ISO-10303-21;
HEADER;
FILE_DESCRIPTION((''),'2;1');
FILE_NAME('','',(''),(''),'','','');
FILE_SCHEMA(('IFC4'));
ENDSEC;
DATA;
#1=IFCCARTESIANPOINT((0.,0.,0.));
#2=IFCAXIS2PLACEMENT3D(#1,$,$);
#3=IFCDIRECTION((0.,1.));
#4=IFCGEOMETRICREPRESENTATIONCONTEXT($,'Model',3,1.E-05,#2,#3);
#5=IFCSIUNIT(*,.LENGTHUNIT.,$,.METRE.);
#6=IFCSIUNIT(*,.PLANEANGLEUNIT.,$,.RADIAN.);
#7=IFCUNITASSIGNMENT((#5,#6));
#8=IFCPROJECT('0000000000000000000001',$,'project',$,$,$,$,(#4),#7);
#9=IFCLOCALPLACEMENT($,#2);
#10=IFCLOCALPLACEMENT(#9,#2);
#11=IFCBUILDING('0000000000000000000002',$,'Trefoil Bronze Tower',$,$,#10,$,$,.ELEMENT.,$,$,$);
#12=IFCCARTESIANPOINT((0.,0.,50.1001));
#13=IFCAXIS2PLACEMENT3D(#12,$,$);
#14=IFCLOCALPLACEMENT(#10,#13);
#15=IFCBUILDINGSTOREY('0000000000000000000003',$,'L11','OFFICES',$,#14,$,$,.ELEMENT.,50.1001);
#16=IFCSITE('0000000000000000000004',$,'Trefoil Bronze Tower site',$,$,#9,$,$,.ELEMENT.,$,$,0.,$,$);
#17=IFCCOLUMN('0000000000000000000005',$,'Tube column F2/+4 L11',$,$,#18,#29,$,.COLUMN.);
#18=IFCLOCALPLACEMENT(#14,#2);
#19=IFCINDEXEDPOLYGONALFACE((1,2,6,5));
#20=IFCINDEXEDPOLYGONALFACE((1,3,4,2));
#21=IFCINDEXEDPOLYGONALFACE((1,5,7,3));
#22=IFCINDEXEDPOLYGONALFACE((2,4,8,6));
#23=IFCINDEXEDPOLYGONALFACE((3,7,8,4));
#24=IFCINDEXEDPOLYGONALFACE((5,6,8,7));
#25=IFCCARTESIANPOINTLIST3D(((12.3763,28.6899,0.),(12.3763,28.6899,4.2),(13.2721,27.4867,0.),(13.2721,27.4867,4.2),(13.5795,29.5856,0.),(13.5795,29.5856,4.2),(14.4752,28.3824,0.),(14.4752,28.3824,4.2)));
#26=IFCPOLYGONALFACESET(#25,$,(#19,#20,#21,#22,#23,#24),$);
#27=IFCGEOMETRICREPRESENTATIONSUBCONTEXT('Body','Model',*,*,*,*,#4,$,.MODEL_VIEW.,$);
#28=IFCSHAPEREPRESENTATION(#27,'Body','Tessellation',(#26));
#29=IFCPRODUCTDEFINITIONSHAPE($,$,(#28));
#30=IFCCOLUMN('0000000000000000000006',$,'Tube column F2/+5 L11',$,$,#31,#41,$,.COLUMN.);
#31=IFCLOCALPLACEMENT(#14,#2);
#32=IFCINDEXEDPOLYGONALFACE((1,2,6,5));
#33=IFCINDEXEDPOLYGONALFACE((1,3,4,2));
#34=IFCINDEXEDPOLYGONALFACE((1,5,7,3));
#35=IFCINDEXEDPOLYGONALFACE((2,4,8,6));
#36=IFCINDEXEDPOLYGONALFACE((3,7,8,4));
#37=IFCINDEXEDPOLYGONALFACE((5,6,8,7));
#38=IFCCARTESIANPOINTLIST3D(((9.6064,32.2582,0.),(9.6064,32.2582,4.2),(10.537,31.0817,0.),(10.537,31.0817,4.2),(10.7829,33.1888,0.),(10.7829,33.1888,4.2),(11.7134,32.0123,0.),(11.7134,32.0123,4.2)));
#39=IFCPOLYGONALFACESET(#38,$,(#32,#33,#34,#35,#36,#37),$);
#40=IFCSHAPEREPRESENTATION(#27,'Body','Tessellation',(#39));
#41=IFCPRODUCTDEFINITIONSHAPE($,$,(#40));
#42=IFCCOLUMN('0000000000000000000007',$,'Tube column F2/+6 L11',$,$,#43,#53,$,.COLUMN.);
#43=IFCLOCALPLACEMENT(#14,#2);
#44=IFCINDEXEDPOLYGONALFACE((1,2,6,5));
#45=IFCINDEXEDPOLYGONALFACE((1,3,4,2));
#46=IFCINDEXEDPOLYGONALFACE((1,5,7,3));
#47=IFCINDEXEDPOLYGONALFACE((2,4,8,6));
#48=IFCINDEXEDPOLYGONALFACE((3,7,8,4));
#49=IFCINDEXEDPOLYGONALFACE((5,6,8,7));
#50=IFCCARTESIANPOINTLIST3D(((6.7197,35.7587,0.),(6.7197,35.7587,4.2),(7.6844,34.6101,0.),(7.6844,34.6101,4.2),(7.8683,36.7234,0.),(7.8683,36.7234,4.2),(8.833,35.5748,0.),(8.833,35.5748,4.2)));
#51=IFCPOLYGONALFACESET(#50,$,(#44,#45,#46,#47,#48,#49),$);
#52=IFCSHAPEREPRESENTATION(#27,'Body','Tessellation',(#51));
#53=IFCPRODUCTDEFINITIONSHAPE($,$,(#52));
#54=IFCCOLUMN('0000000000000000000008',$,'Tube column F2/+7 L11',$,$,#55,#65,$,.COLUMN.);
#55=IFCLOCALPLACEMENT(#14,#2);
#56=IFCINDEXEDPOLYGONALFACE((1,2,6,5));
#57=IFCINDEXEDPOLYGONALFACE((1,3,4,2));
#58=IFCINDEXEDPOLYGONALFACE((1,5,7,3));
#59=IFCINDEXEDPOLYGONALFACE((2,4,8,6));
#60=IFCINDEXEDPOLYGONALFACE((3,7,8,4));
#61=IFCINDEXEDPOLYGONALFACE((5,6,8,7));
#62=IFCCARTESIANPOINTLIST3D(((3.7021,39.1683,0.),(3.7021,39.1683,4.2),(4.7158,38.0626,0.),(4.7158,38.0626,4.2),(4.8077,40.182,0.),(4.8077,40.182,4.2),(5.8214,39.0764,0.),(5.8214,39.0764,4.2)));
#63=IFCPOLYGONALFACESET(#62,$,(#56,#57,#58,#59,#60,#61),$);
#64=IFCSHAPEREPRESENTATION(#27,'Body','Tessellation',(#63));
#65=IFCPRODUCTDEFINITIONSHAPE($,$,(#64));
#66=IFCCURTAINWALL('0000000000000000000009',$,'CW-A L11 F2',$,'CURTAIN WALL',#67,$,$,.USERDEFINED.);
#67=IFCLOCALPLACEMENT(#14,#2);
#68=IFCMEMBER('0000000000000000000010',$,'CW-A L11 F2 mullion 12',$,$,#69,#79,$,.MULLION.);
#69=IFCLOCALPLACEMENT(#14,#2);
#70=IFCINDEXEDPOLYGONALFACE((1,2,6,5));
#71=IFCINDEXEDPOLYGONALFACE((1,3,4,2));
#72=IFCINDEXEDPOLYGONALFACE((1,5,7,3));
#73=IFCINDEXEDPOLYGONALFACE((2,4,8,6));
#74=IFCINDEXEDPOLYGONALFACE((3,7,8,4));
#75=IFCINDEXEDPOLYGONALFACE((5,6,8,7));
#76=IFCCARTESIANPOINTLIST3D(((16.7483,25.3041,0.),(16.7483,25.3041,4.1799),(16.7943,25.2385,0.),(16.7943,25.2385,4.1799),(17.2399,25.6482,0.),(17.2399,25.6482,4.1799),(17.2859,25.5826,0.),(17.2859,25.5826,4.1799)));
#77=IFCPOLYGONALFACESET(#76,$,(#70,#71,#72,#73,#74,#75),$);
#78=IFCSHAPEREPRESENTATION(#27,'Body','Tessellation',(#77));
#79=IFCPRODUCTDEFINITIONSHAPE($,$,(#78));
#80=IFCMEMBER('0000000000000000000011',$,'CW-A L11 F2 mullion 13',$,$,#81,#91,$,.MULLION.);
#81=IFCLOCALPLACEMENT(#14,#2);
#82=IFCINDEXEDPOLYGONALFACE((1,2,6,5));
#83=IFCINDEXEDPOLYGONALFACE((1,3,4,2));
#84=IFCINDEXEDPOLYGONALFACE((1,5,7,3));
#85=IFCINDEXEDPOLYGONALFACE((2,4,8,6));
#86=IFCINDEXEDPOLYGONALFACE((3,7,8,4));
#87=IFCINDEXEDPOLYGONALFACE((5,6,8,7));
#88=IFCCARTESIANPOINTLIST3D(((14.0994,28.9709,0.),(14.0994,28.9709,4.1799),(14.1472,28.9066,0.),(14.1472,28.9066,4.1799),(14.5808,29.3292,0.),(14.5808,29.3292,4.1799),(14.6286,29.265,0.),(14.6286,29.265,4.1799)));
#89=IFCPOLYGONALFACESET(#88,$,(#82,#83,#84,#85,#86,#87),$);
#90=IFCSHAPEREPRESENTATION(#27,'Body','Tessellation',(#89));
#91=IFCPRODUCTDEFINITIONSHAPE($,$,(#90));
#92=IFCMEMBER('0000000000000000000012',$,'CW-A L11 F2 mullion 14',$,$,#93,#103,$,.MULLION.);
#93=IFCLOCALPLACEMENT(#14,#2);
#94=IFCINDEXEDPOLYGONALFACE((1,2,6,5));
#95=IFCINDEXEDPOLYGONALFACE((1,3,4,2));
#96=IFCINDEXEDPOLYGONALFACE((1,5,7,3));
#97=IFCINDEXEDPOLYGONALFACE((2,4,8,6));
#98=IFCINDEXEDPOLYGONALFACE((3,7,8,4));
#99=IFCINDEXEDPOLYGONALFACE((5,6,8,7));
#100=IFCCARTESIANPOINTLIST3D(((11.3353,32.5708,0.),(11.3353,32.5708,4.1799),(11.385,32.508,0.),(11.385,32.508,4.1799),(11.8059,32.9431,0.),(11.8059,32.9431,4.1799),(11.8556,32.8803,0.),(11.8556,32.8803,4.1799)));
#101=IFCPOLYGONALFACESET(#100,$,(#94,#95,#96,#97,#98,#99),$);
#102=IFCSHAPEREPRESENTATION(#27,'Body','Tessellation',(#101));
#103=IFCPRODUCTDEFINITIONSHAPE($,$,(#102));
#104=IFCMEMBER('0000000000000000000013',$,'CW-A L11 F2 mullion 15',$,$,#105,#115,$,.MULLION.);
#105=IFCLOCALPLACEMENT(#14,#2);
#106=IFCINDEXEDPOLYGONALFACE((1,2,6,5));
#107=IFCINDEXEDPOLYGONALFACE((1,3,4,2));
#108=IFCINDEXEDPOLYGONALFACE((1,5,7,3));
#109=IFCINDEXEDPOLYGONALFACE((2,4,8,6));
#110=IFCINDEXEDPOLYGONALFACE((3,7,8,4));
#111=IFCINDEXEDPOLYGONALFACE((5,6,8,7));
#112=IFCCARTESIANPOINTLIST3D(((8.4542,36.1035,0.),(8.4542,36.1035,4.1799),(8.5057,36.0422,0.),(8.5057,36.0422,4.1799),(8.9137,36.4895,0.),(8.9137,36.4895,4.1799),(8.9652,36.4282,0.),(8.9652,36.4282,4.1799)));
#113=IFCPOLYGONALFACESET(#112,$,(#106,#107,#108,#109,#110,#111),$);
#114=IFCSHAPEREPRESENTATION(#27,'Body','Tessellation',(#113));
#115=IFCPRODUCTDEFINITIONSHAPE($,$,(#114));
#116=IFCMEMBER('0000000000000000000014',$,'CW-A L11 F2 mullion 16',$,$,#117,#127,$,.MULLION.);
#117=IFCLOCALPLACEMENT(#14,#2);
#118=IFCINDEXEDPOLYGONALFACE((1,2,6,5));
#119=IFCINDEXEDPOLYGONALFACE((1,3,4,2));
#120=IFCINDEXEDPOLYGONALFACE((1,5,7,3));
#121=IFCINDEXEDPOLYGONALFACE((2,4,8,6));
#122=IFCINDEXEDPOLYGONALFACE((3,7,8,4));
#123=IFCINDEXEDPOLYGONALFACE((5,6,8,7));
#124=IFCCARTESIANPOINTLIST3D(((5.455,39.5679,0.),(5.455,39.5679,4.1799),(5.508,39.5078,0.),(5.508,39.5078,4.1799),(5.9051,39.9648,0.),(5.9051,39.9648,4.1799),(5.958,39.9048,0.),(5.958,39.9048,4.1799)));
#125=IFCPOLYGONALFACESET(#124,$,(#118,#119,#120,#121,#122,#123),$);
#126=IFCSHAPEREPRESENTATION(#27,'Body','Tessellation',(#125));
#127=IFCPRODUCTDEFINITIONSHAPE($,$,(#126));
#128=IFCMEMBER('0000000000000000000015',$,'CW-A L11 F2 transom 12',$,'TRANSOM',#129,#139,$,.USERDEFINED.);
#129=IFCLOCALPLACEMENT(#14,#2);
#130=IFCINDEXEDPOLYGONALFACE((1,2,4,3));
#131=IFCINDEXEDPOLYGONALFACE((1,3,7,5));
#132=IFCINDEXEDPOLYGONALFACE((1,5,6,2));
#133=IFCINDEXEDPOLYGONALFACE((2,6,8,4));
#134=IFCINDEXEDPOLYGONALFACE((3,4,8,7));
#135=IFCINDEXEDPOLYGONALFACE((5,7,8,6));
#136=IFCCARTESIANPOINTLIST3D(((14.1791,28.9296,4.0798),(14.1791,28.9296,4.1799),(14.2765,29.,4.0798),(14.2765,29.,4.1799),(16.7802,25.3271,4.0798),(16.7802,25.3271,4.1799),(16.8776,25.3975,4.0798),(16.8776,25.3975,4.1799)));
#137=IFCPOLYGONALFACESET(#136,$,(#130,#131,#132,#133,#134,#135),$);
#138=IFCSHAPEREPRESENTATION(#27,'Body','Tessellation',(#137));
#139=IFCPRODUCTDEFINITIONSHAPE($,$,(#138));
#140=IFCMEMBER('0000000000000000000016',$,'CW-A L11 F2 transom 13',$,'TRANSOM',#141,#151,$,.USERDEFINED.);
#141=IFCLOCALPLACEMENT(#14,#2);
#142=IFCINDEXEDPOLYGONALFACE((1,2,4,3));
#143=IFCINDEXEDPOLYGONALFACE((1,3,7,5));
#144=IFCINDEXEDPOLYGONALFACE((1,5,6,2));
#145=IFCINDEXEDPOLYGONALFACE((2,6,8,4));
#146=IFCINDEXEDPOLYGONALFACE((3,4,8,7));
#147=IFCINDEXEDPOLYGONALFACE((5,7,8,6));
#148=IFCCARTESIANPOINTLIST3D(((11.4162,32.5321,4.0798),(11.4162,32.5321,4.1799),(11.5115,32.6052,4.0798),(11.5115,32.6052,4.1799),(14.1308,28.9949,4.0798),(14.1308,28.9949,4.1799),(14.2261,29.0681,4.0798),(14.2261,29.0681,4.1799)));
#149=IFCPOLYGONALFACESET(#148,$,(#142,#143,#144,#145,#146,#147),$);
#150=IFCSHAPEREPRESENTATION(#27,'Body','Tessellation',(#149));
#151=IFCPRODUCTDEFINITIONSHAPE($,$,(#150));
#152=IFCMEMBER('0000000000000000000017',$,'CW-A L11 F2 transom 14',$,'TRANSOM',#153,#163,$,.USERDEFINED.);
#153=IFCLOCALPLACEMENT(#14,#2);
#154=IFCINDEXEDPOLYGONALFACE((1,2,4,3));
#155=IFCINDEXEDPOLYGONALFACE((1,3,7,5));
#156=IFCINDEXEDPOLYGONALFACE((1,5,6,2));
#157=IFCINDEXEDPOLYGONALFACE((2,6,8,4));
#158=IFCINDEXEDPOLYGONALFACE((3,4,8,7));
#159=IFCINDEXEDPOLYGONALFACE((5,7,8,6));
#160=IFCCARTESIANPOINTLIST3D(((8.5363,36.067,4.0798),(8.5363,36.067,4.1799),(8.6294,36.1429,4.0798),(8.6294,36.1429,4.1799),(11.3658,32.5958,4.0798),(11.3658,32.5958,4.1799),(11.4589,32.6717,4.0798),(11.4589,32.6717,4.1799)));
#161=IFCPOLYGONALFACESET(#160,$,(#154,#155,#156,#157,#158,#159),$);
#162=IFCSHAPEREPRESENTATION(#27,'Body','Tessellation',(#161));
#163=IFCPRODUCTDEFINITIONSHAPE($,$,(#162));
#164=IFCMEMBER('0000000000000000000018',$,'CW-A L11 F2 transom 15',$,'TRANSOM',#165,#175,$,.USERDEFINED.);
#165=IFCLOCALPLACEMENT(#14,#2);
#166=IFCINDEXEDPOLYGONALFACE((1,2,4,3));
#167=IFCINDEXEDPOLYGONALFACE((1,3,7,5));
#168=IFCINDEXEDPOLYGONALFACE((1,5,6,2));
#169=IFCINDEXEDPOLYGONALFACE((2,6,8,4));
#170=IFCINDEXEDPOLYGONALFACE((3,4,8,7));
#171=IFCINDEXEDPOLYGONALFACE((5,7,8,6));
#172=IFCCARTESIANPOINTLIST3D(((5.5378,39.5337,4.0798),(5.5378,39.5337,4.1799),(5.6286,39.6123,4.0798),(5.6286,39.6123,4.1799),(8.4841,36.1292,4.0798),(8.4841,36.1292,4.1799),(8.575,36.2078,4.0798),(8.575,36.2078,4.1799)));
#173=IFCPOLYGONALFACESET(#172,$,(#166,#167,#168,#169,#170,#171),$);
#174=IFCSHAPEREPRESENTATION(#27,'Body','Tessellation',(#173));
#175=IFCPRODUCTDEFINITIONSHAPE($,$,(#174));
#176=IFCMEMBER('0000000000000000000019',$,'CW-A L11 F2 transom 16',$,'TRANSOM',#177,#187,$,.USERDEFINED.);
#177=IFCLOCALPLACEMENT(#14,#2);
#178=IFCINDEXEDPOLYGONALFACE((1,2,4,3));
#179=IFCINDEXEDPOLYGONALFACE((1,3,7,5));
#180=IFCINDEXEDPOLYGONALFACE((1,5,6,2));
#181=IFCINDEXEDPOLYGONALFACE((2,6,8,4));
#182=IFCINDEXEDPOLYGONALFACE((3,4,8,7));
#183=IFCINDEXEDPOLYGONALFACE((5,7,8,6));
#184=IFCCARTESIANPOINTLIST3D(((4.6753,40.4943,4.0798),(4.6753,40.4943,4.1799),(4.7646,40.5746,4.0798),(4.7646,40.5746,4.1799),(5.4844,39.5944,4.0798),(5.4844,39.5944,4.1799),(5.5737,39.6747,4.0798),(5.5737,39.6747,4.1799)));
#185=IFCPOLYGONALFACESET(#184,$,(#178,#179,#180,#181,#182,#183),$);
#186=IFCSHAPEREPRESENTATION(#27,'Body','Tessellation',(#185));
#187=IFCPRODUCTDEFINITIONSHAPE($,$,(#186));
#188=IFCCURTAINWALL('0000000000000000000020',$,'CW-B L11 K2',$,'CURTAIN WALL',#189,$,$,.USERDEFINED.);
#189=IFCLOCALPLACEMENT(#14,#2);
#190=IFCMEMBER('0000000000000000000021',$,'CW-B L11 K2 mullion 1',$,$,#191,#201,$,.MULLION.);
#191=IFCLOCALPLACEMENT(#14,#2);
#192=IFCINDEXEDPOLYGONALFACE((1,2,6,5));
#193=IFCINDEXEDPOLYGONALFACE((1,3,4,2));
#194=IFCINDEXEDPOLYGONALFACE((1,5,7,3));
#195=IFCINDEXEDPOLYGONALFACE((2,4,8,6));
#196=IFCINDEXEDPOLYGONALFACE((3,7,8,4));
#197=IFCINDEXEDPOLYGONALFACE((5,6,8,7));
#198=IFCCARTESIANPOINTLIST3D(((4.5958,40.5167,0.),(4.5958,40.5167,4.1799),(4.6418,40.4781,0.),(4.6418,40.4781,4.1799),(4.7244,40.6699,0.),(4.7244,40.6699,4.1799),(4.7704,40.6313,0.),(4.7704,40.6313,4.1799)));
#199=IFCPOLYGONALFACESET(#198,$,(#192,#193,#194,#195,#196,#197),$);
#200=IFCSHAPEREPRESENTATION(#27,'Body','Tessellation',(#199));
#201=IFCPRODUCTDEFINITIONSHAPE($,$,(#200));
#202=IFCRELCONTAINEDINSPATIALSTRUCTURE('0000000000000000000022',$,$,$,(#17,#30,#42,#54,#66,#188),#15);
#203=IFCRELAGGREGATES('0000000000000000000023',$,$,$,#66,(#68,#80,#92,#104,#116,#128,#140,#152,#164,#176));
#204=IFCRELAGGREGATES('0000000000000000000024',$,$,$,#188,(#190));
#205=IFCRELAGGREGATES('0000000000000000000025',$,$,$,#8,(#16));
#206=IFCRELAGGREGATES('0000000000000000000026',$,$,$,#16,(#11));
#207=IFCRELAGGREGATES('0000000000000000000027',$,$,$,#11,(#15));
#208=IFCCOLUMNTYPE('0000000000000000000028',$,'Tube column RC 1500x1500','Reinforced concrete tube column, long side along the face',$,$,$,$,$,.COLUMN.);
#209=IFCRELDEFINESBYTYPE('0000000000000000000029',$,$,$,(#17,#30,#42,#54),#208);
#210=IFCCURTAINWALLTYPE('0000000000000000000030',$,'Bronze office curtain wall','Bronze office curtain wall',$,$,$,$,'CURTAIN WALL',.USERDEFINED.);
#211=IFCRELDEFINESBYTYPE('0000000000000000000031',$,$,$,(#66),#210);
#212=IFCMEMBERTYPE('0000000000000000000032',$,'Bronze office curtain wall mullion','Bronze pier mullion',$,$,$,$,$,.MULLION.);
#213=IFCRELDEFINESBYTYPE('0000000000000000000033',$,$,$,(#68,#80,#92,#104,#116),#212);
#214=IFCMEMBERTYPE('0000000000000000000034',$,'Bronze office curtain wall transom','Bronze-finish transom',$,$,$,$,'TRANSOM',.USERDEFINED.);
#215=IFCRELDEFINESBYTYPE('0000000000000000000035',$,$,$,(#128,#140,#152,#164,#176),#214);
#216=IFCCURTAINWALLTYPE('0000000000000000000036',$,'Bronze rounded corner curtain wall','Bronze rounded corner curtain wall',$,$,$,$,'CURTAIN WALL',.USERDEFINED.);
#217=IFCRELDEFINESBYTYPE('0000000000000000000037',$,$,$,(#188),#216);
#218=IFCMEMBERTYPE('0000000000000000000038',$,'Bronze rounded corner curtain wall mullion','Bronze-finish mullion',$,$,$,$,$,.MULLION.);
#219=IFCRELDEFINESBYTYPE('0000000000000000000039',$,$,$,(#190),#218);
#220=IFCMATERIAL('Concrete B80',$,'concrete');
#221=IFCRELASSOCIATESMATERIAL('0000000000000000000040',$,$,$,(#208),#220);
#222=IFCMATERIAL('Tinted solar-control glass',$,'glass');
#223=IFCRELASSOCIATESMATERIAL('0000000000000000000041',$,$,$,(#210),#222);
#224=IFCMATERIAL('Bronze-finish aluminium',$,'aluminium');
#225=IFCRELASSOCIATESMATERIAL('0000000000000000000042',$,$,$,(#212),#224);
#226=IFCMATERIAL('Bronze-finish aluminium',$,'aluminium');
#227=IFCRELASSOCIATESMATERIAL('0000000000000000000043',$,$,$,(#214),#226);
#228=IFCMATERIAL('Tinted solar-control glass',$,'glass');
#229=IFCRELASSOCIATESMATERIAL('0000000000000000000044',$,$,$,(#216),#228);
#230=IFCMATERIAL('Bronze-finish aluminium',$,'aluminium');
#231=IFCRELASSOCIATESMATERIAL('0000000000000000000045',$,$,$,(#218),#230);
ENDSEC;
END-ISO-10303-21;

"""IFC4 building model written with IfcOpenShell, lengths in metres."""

from ifc_helpers import new_model, si_unit, direction, frame, origin, origin_2d, place, context, subcontext, project, spatial, rectangle, extrude, material, material_profile, profile_set, type_object, element, aggregate, save


model = new_model("IFC4")

# Units and contexts
model_context = context("Model", 3, precision=1e-05, world=origin(), true_north=direction((0.0, 1.0)))
body_context = subcontext(model_context, "Body", "Model", "MODEL_VIEW")
ifc_project = project(units=[si_unit("LENGTHUNIT", "METRE"), si_unit("PLANEANGLEUNIT", "RADIAN")], contexts=[model_context])

# Site, building, storey
site_placement = place(None, origin())
site = spatial("IfcSite", under=ifc_project, at=site_placement, Name="Trefoil Bronze Tower site", CompositionType="ELEMENT", RefElevation=0.0)
building_placement = place(site_placement, origin())
building = spatial("IfcBuilding", under=site, at=building_placement, Name="Trefoil Bronze Tower", CompositionType="ELEMENT")
storey_placement = place(building_placement, frame((0.0, 0.0, 50.1001)))
storey = spatial("IfcBuildingStorey", under=building, at=storey_placement, Name="L11", Description="OFFICES", CompositionType="ELEMENT", Elevation=50.1001)

# Columns
ifc_material_1 = material(Name="Concrete B80", Category="concrete")
ifc_material_profile_1 = material_profile(ifc_material_1, rectangle(XDim=1.5, YDim=1.5, at=origin_2d()), Name="RC 1500x1500")
ifc_profile_set_1 = profile_set([ifc_material_profile_1], Name="Concrete B80")
column_type = type_object("IfcColumnType", Name="Tube column RC 1500x1500", Description="Reinforced concrete tube column, long side along the face", PredefinedType="COLUMN", material=ifc_profile_set_1)
for number, where, z_axis, x_axis, name in (
    (1, (13.4258, 28.5361, 0.0), (0.0, 0.0, 1.0), (-0.597154, 0.802127, 0.0), "Tube column F2/+4 L11"),
    (2, (10.6599, 32.1353, 0.0), (0.0, 0.0, 1.0), (-0.620376, 0.784305, 0.0), "Tube column F2/+5 L11"),
    (3, (7.7764, 35.6667, 0.0), (0.0, 0.0, 1.0), (-0.643163, 0.765729, 0.0), "Tube column F2/+6 L11"),
    (4, (4.7617, 39.1223, 0.0), (0.0, 0.0, 1.0), (-0.675816, 0.73707, 0.0), "Tube column F2/+7 L11"),
):
    element("IfcColumn", number, at=place(storey_placement, frame(where, z_axis=z_axis, x_axis=x_axis)), inside=storey, type_object=column_type, Name=name, PredefinedType="COLUMN", context=body_context, shape_type="SweptSolid", body=[
        extrude(rectangle(XDim=1.5, YDim=1.5, at=origin_2d()), origin(), (0.0, 0.0, 1.0), 4.2),
    ])

# Curtain walls, members
ifc_material_2 = material(Name="Tinted solar-control glass", Category="glass")
curtain_wall_type_1 = type_object("IfcCurtainWallType", Name="Bronze office curtain wall", Description="Bronze office curtain wall", ElementType="CURTAIN WALL", PredefinedType="USERDEFINED", material=ifc_material_2)
curtain_wall_1_placement = place(storey_placement, origin())
curtain_wall_1 = element("IfcCurtainWall", 5, at=curtain_wall_1_placement, inside=storey, type_object=curtain_wall_type_1, Name="CW-A L11 F2", ObjectType="CURTAIN WALL", PredefinedType="USERDEFINED")
ifc_material_3 = material(Name="Bronze-finish aluminium", Category="aluminium")
ifc_material_profile_2 = material_profile(ifc_material_3, rectangle(XDim=0.6001, YDim=0.0801, at=origin_2d()), Name="CW-A mullion")
ifc_profile_set_2 = profile_set([ifc_material_profile_2], Name="Bronze-finish aluminium")
member_type_1 = type_object("IfcMemberType", Name="Bronze office curtain wall mullion", Description="Bronze pier mullion", PredefinedType="MULLION", material=ifc_profile_set_2)
member_1_placement = place(storey_placement, frame((17.0171, 25.4434, 0.0), z_axis=(0.0, 0.0, 1.0), x_axis=(-0.819204, -0.573502, 0.0)))
member_1 = element("IfcMember", 6, at=member_1_placement, type_object=member_type_1, Name="CW-A L11 F2 mullion 12", PredefinedType="MULLION", context=body_context, shape_type="SweptSolid", body=[
    extrude(rectangle(XDim=0.6001, YDim=0.0801, at=origin_2d()), origin(), (0.0, 0.0, 1.0), 4.1799),
])
member_2_placement = place(storey_placement, frame((14.364, 29.1179, 0.0), z_axis=(0.0, 0.0, 1.0), x_axis=(-0.802127, -0.597154, 0.0)))
member_2 = element("IfcMember", 7, at=member_2_placement, type_object=member_type_1, Name="CW-A L11 F2 mullion 13", PredefinedType="MULLION", context=body_context, shape_type="SweptSolid", body=[
    extrude(rectangle(XDim=0.6001, YDim=0.0801, at=origin_2d()), origin(), (0.0, 0.0, 1.0), 4.1799),
])
member_3_placement = place(storey_placement, frame((11.5955, 32.7256, 0.0), z_axis=(0.0, 0.0, 1.0), x_axis=(-0.784305, -0.620376, 0.0)))
member_3 = element("IfcMember", 8, at=member_3_placement, type_object=member_type_1, Name="CW-A L11 F2 mullion 14", PredefinedType="MULLION", context=body_context, shape_type="SweptSolid", body=[
    extrude(rectangle(XDim=0.6001, YDim=0.0801, at=origin_2d()), origin(), (0.0, 0.0, 1.0), 4.1799),
])
member_4_placement = place(storey_placement, frame((8.7097, 36.2659, 0.0), z_axis=(0.0, 0.0, 1.0), x_axis=(-0.765729, -0.643163, 0.0)))
member_4 = element("IfcMember", 9, at=member_4_placement, type_object=member_type_1, Name="CW-A L11 F2 mullion 15", PredefinedType="MULLION", context=body_context, shape_type="SweptSolid", body=[
    extrude(rectangle(XDim=0.6001, YDim=0.0801, at=origin_2d()), origin(), (0.0, 0.0, 1.0), 4.1799),
])
member_5_placement = place(storey_placement, frame((5.7065, 39.7363, 0.0), z_axis=(0.0, 0.0, 1.0), x_axis=(-0.749941, -0.661505, 0.0)))
member_5 = element("IfcMember", 10, at=member_5_placement, type_object=member_type_1, Name="CW-A L11 F2 mullion 16", PredefinedType="MULLION", context=body_context, shape_type="SweptSolid", body=[
    extrude(rectangle(XDim=0.6001, YDim=0.0801, at=origin_2d()), origin(), (0.0, 0.0, 1.0), 4.1799),
])
ifc_material_4 = material(Name="Bronze-finish aluminium", Category="aluminium")
ifc_material_profile_3 = material_profile(ifc_material_4, rectangle(XDim=0.1201, YDim=0.1001, at=origin_2d()), Name="CW-A transom")
ifc_profile_set_3 = profile_set([ifc_material_profile_3], Name="Bronze-finish aluminium")
member_type_2 = type_object("IfcMemberType", Name="Bronze office curtain wall transom", Description="Bronze-finish transom", ElementType="TRANSOM", PredefinedType="USERDEFINED", material=ifc_profile_set_3)
member_6_placement = place(storey_placement, frame((16.8289, 25.3623, 4.1299), z_axis=(-0.585378, 0.81076, 0.0), x_axis=(-0.81076, -0.585378, 0.0)))
member_6 = element("IfcMember", 11, at=member_6_placement, type_object=member_type_2, Name="CW-A L11 F2 transom 12", ObjectType="TRANSOM", PredefinedType="USERDEFINED", context=body_context, shape_type="SweptSolid", body=[
    extrude(rectangle(XDim=0.1201, YDim=0.1001, at=origin_2d()), origin(), (0.0, 0.0, 1.0), 4.4434),
])
member_7_placement = place(storey_placement, frame((14.1785, 29.0315, 4.1299), z_axis=(-0.608829, 0.793301, 0.0), x_axis=(-0.793301, -0.608829, 0.0)))
member_7 = element("IfcMember", 12, at=member_7_placement, type_object=member_type_2, Name="CW-A L11 F2 transom 13", ObjectType="TRANSOM", PredefinedType="USERDEFINED", context=body_context, shape_type="SweptSolid", body=[
    extrude(rectangle(XDim=0.1201, YDim=0.1001, at=origin_2d()), origin(), (0.0, 0.0, 1.0), 4.4587),
])
member_8_placement = place(storey_placement, frame((11.4124, 32.6338, 4.1299), z_axis=(-0.631836, 0.775102, 0.0), x_axis=(-0.775102, -0.631836, 0.0)))
member_8 = element("IfcMember", 13, at=member_8_placement, type_object=member_type_2, Name="CW-A L11 F2 transom 14", ObjectType="TRANSOM", PredefinedType="USERDEFINED", context=body_context, shape_type="SweptSolid", body=[
    extrude(rectangle(XDim=0.1201, YDim=0.1001, at=origin_2d()), origin(), (0.0, 0.0, 1.0), 4.4783),
])
member_9_placement = place(storey_placement, frame((8.5295, 36.1685, 4.1299), z_axis=(-0.654383, 0.756163, 0.0), x_axis=(-0.756163, -0.654383, 0.0)))
member_9 = element("IfcMember", 14, at=member_9_placement, type_object=member_type_2, Name="CW-A L11 F2 transom 15", ObjectType="TRANSOM", PredefinedType="USERDEFINED", context=body_context, shape_type="SweptSolid", body=[
    extrude(rectangle(XDim=0.1201, YDim=0.1001, at=origin_2d()), origin(), (0.0, 0.0, 1.0), 4.5024),
])
member_10_placement = place(storey_placement, frame((5.5291, 39.6345, 4.1299), z_axis=(-0.668586, 0.743635, 0.0), x_axis=(-0.743635, -0.668586, 0.0)))
member_10 = element("IfcMember", 15, at=member_10_placement, type_object=member_type_2, Name="CW-A L11 F2 transom 16", ObjectType="TRANSOM", PredefinedType="USERDEFINED", context=body_context, shape_type="SweptSolid", body=[
    extrude(rectangle(XDim=0.1201, YDim=0.1001, at=origin_2d()), origin(), (0.0, 0.0, 1.0), 1.2102),
])
ifc_material_5 = material(Name="Tinted solar-control glass", Category="glass")
curtain_wall_type_2 = type_object("IfcCurtainWallType", Name="Bronze rounded corner curtain wall", Description="Bronze rounded corner curtain wall", ElementType="CURTAIN WALL", PredefinedType="USERDEFINED", material=ifc_material_5)
curtain_wall_2_placement = place(storey_placement, origin())
curtain_wall_2 = element("IfcCurtainWall", 16, at=curtain_wall_2_placement, inside=storey, type_object=curtain_wall_type_2, Name="CW-B L11 K2", ObjectType="CURTAIN WALL", PredefinedType="USERDEFINED")
ifc_material_6 = material(Name="Bronze-finish aluminium", Category="aluminium")
ifc_material_profile_4 = material_profile(ifc_material_6, rectangle(XDim=0.2, YDim=0.0601, at=origin_2d()), Name="CW-B mullion")
ifc_profile_set_4 = profile_set([ifc_material_profile_4], Name="Bronze-finish aluminium")
member_type_3 = type_object("IfcMemberType", Name="Bronze rounded corner curtain wall mullion", Description="Bronze-finish mullion", PredefinedType="MULLION", material=ifc_profile_set_4)
member_11_placement = place(storey_placement, frame((4.6831, 40.574, 0.0), z_axis=(0.0, 0.0, 1.0), x_axis=(-0.642788, -0.766044, 0.0)))
member_11 = element("IfcMember", 17, at=member_11_placement, type_object=member_type_3, Name="CW-B L11 K2 mullion 1", PredefinedType="MULLION", context=body_context, shape_type="SweptSolid", body=[
    extrude(rectangle(XDim=0.2, YDim=0.0601, at=origin_2d()), origin(), (0.0, 0.0, 1.0), 4.1799),
])

aggregate(curtain_wall_1, [member_1, member_2, member_3, member_4, member_5, member_6, member_7, member_8, member_9, member_10])
aggregate(curtain_wall_2, [member_11])

save(model, "model.ifc")
